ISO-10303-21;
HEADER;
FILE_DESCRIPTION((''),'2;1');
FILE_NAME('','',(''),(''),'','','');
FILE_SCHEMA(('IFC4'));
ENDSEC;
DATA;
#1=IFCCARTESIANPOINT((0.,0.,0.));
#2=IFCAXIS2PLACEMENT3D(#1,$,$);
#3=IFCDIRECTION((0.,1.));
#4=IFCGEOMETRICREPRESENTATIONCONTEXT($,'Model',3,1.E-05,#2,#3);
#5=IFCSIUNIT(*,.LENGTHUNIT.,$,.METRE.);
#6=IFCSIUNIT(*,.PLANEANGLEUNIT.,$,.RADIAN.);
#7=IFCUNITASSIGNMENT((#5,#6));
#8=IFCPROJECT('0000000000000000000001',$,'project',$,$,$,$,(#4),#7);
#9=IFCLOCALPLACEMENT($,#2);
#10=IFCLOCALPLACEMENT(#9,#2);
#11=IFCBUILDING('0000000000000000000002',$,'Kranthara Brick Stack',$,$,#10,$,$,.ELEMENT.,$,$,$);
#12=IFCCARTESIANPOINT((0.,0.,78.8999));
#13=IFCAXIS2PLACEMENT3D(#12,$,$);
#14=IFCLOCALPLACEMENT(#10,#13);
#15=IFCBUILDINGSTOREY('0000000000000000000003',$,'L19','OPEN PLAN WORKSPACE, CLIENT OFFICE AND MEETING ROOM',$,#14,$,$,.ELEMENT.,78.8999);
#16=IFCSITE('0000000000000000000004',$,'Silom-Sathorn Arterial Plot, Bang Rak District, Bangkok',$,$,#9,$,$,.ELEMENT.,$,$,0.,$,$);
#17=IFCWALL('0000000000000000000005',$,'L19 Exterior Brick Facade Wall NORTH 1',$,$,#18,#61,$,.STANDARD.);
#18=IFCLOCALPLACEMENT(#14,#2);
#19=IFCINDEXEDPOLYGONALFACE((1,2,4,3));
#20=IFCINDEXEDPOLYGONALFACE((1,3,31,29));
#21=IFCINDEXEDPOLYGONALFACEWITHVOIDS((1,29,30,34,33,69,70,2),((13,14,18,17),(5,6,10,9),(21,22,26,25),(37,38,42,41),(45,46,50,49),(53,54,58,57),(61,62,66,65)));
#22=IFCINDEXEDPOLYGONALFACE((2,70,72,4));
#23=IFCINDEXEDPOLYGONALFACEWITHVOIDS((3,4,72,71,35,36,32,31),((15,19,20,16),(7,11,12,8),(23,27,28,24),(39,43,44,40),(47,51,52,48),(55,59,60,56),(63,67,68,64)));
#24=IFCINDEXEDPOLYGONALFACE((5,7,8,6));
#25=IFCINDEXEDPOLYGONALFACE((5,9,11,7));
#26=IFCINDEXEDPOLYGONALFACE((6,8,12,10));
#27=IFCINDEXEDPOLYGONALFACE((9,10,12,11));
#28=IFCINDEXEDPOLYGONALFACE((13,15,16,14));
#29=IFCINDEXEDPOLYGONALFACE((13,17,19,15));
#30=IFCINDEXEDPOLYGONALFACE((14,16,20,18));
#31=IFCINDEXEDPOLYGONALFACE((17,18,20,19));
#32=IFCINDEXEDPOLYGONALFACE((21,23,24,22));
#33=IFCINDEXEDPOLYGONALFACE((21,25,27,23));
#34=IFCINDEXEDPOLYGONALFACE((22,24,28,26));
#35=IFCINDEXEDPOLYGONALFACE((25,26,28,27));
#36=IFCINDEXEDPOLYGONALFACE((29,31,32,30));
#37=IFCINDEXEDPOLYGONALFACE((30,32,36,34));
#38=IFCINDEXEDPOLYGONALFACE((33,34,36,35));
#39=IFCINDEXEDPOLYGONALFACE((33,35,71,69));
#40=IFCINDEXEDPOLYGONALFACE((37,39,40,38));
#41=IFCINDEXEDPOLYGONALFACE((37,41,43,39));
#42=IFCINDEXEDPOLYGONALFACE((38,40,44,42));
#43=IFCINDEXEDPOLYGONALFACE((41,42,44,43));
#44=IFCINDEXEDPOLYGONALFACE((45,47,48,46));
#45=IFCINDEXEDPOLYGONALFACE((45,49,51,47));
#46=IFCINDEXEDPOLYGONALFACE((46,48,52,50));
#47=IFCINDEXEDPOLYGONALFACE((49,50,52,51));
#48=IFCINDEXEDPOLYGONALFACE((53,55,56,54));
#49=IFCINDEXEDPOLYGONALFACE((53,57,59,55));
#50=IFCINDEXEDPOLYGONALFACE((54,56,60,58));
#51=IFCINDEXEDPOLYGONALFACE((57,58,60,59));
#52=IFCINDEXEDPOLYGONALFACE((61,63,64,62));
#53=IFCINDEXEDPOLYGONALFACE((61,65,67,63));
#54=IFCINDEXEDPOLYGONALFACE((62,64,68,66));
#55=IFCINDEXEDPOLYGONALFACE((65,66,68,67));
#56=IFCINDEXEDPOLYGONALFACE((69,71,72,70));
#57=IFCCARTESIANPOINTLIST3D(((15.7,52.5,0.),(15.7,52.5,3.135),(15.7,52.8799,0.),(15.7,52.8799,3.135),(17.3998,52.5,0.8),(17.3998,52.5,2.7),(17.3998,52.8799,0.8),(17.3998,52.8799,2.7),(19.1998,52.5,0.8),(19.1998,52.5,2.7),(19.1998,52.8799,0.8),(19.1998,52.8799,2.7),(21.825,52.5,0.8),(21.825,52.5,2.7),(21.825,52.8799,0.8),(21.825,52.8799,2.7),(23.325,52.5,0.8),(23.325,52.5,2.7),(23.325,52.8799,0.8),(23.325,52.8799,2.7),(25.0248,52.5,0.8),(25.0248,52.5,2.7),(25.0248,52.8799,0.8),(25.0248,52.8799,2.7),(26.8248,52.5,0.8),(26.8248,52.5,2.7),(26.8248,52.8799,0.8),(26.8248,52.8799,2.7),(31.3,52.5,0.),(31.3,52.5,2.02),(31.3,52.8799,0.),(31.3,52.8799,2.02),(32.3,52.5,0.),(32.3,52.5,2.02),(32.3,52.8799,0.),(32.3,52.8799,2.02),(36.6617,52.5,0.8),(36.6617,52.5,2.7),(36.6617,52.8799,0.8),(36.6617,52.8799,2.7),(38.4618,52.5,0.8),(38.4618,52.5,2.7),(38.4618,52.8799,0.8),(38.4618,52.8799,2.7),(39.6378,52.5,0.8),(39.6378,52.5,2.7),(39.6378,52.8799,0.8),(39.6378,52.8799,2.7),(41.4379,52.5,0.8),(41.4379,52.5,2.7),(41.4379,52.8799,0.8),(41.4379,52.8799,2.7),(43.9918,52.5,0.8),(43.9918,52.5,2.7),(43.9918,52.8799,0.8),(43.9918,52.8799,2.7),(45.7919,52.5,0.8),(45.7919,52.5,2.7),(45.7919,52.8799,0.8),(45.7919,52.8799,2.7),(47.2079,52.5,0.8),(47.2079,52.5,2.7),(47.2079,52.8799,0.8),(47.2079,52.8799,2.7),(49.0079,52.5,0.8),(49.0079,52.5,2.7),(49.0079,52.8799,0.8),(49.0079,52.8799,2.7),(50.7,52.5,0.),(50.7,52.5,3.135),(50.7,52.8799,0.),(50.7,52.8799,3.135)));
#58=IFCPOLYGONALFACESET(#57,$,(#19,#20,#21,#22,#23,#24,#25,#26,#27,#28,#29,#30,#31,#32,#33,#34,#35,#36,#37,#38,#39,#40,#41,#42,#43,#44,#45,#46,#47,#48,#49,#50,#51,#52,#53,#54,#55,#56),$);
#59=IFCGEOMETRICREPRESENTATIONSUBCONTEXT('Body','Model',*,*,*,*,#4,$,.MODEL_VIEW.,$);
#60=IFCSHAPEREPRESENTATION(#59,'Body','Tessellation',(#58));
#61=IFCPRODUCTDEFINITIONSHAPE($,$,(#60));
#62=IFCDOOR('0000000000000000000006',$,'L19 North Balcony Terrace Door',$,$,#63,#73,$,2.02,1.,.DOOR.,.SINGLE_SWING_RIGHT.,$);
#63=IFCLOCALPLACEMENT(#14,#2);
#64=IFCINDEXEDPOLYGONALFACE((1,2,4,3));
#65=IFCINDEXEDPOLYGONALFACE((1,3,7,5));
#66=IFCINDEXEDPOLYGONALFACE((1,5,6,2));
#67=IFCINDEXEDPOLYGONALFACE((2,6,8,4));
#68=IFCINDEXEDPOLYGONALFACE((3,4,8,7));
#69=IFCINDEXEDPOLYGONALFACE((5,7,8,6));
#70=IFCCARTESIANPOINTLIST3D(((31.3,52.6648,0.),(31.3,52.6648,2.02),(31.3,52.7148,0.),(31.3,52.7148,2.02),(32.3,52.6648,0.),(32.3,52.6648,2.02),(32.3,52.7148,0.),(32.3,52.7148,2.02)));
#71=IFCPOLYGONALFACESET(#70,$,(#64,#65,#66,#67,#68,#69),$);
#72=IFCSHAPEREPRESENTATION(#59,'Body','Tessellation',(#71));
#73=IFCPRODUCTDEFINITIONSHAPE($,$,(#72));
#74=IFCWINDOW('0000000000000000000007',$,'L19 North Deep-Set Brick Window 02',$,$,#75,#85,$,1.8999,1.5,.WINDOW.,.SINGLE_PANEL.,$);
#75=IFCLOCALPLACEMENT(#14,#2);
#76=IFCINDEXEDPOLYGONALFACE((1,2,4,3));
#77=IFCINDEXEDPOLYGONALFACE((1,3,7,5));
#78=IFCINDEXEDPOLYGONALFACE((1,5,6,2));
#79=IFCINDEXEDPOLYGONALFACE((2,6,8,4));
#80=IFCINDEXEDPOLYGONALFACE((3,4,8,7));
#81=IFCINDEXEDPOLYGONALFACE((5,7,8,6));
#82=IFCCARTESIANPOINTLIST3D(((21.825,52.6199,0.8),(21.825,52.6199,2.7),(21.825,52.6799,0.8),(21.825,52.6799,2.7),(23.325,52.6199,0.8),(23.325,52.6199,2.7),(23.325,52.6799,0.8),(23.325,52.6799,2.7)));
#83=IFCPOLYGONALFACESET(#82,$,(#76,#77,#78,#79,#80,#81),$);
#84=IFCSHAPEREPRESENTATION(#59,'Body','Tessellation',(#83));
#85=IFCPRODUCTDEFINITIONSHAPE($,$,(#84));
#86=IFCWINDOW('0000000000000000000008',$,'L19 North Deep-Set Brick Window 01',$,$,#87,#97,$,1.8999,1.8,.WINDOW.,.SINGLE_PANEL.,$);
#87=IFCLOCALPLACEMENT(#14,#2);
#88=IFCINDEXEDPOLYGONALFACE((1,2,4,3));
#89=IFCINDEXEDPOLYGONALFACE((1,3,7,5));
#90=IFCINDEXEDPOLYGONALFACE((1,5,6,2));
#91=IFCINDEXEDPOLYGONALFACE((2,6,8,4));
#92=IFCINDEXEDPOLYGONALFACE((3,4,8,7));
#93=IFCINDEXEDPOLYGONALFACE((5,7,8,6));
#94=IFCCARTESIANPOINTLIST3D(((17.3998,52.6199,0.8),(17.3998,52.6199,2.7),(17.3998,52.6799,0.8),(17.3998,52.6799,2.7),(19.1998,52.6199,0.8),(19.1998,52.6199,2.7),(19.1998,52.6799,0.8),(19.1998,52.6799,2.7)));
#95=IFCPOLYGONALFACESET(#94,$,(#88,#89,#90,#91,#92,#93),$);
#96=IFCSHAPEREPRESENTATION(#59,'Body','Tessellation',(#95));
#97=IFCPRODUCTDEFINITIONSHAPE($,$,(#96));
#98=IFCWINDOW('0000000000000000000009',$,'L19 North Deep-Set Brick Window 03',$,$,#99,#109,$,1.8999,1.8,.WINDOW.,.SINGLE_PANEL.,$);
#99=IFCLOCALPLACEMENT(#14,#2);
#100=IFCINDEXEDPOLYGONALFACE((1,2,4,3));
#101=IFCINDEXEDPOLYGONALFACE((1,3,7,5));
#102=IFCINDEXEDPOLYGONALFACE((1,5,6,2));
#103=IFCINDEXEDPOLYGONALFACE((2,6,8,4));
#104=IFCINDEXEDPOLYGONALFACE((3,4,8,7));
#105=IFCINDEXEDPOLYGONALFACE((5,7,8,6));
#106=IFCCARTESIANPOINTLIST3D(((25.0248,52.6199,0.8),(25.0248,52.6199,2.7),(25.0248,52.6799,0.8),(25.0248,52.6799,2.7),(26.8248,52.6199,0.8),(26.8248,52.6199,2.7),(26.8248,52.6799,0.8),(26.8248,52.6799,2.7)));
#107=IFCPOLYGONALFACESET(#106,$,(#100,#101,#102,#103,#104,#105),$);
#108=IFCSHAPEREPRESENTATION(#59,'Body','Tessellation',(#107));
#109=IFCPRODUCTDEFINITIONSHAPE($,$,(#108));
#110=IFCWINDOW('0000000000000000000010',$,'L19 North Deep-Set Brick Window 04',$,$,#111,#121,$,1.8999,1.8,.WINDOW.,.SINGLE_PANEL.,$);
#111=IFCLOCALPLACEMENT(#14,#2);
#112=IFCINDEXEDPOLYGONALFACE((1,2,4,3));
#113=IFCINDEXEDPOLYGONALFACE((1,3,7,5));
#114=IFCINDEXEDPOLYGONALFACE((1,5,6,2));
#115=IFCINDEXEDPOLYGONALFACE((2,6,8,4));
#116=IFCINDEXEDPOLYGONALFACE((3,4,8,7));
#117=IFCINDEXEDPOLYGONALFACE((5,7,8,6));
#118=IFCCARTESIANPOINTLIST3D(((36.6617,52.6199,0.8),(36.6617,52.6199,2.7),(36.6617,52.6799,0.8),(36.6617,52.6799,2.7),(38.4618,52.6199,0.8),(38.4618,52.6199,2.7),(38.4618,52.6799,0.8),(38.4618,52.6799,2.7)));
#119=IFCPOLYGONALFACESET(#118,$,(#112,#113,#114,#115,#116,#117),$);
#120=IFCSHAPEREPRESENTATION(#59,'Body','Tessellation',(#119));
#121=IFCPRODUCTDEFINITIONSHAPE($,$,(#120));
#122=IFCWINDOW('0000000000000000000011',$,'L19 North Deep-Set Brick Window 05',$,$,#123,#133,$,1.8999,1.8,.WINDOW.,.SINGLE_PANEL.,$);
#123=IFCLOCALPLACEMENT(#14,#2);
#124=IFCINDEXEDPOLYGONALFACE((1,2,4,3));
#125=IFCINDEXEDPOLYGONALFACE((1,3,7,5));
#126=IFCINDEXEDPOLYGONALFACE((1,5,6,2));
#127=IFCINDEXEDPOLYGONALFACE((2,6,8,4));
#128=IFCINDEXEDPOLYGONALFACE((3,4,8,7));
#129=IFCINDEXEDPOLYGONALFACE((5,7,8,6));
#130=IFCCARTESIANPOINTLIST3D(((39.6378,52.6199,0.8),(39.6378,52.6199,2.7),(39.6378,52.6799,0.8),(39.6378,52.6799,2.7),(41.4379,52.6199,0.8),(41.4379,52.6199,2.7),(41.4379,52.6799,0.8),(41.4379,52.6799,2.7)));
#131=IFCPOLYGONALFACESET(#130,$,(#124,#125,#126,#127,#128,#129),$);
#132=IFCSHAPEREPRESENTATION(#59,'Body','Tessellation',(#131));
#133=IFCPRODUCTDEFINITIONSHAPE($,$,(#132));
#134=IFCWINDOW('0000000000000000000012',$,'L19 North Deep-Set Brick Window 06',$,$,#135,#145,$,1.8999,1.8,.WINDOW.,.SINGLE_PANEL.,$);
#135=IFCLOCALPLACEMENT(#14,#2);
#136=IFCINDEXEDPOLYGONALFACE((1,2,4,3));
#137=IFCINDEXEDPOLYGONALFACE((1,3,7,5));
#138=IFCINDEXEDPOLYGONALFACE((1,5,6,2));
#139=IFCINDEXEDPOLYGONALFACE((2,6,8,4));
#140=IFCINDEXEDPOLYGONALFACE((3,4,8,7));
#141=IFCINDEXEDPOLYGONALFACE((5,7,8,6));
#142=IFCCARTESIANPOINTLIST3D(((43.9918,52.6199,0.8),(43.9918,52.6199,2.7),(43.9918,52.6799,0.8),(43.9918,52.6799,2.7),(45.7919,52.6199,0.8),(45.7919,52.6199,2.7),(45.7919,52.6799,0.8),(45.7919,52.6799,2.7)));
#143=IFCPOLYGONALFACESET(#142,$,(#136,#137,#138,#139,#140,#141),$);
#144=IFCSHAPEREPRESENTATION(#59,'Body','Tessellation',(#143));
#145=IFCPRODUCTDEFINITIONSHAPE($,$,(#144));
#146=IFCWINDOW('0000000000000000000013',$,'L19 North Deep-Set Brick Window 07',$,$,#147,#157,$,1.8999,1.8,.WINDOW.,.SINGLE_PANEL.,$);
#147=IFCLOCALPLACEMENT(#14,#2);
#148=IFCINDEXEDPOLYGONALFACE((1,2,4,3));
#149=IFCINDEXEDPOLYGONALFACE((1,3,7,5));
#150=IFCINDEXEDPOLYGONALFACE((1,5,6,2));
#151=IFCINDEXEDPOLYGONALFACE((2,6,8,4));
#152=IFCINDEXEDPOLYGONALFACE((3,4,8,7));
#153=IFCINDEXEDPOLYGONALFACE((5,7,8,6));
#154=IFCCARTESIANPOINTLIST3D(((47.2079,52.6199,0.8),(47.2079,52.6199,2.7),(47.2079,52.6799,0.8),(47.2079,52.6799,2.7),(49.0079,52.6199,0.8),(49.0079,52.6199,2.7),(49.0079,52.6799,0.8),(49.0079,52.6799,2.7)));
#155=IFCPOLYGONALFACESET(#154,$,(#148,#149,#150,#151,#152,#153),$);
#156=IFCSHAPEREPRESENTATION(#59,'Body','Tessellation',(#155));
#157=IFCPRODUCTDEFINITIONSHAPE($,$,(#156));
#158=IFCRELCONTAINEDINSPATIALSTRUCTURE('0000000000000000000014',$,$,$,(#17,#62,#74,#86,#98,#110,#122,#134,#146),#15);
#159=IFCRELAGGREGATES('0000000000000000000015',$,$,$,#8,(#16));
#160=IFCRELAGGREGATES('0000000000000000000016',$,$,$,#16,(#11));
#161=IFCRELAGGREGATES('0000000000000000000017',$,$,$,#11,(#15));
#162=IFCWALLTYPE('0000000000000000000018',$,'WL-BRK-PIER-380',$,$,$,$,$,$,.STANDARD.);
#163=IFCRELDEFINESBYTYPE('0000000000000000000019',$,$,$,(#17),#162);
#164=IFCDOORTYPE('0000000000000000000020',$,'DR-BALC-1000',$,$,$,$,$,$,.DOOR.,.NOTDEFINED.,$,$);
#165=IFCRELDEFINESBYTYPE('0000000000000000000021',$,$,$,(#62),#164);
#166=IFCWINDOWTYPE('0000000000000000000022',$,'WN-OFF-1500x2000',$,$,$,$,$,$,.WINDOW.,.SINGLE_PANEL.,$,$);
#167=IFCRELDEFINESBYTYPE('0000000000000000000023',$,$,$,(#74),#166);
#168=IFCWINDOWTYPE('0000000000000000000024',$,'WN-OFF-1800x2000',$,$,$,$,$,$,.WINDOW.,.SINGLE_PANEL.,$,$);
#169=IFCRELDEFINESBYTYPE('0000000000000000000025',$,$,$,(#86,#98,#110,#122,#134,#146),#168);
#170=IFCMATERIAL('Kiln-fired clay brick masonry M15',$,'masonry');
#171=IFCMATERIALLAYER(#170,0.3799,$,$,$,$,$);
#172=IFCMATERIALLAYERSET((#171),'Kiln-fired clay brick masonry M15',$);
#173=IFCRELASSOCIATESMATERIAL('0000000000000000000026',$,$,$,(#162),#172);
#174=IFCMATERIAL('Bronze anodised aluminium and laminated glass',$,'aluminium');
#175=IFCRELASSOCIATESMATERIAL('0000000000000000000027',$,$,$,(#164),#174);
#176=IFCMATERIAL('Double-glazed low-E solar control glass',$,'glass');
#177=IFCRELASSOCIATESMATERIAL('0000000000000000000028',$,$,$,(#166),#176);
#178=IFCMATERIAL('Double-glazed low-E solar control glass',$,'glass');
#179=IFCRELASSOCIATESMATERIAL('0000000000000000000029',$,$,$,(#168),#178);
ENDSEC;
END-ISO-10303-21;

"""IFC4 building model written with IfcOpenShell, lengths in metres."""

from ifc_helpers import new_model, si_unit, direction, frame, frame_2d, origin, place, context, subcontext, project, spatial, rectangle, extrude, material, layer, layer_set, type_object, element, fill, save


model = new_model("IFC4")

# Units and contexts
model_context = context("Model", 3, precision=1e-05, world=origin(), true_north=direction((0.0, 1.0)))
body_context = subcontext(model_context, "Body", "Model", "MODEL_VIEW")
ifc_project = project(units=[si_unit("LENGTHUNIT", "METRE"), si_unit("PLANEANGLEUNIT", "RADIAN")], contexts=[model_context])

# Site, building, storey
site_placement = place(None, origin())
site = spatial("IfcSite", under=ifc_project, at=site_placement, Name="Silom-Sathorn Arterial Plot, Bang Rak District, Bangkok", CompositionType="ELEMENT", RefElevation=0.0)
building_placement = place(site_placement, origin())
building = spatial("IfcBuilding", under=site, at=building_placement, Name="Kranthara Brick Stack", CompositionType="ELEMENT")
storey_placement = place(building_placement, frame((0.0, 0.0, 78.8999)))
storey = spatial("IfcBuildingStorey", under=building, at=storey_placement, Name="L19", Description="OPEN PLAN WORKSPACE, CLIENT OFFICE AND MEETING ROOM", CompositionType="ELEMENT", Elevation=78.8999)

# Shared definitions
ifc_material_1 = material(Name="Kiln-fired clay brick masonry M15", Category="masonry")
ifc_layer_1 = layer(ifc_material_1, 0.3799)
ifc_layer_set_1 = layer_set([ifc_layer_1], Name="Kiln-fired clay brick masonry M15")
wall_type_1 = type_object("IfcWallType", Name="WL-BRK-PIER-380", PredefinedType="STANDARD", material=ifc_layer_set_1)

# Wall, openings, door, windows
wall_1_placement = place(storey_placement, frame((15.7, 52.6899, 0.0), z_axis=(0.0, 0.0, 1.0), x_axis=(1.0, 0.0, 0.0)))
wall_1 = element("IfcWall", 1, at=wall_1_placement, inside=storey, type_object=wall_type_1, Name="L19 Exterior Brick Facade Wall NORTH 1", PredefinedType="STANDARD", context=body_context, shape_type="SweptSolid", body=[
    extrude(rectangle(XDim=35.0, YDim=0.3799, at=frame_2d((17.5, 0.0))), origin(), (0.0, 0.0, 1.0), 3.135),
])
opening_1_placement = place(wall_1_placement, frame((15.6001, 0.0, 0.0)))
opening_1 = element("IfcOpeningElement", 2, at=opening_1_placement, cuts=wall_1, PredefinedType="OPENING", context=body_context, shape_type="SweptSolid", body=[
    extrude(rectangle(XDim=1.0, YDim=2.02, at=frame_2d((0.5, 1.01))), frame((0.0, 0.2, 0.0), z_axis=(0.0, -1.0, 0.0), x_axis=(1.0, 0.0, 0.0)), (0.0, 0.0, 1.0), 0.3999),
])
opening_2_placement = place(wall_1_placement, frame((1.7, 0.0, 0.8)))
opening_2 = element("IfcOpeningElement", 3, at=opening_2_placement, cuts=wall_1, PredefinedType="OPENING", context=body_context, shape_type="SweptSolid", body=[
    extrude(rectangle(XDim=1.8, YDim=1.8999, at=frame_2d((0.8999, 0.95))), frame((0.0, 0.2, 0.0), z_axis=(0.0, -1.0, 0.0), x_axis=(1.0, 0.0, 0.0)), (0.0, 0.0, 1.0), 0.3999),
])
opening_3_placement = place(wall_1_placement, frame((6.125, 0.0, 0.8)))
opening_3 = element("IfcOpeningElement", 4, at=opening_3_placement, cuts=wall_1, PredefinedType="OPENING", context=body_context, shape_type="SweptSolid", body=[
    extrude(rectangle(XDim=1.5, YDim=1.8999, at=frame_2d((0.75, 0.95))), frame((0.0, 0.2, 0.0), z_axis=(0.0, -1.0, 0.0), x_axis=(1.0, 0.0, 0.0)), (0.0, 0.0, 1.0), 0.3999),
])
opening_4_placement = place(wall_1_placement, frame((9.325, 0.0, 0.8)))
opening_4 = element("IfcOpeningElement", 5, at=opening_4_placement, cuts=wall_1, PredefinedType="OPENING", context=body_context, shape_type="SweptSolid", body=[
    extrude(rectangle(XDim=1.8, YDim=1.8999, at=frame_2d((0.8999, 0.95))), frame((0.0, 0.2, 0.0), z_axis=(0.0, -1.0, 0.0), x_axis=(1.0, 0.0, 0.0)), (0.0, 0.0, 1.0), 0.3999),
])
opening_5_placement = place(wall_1_placement, frame((20.9619, 0.0, 0.8)))
opening_5 = element("IfcOpeningElement", 6, at=opening_5_placement, cuts=wall_1, PredefinedType="OPENING", context=body_context, shape_type="SweptSolid", body=[
    extrude(rectangle(XDim=1.8, YDim=1.8999, at=frame_2d((0.8999, 0.95))), frame((0.0, 0.2, 0.0), z_axis=(0.0, -1.0, 0.0), x_axis=(1.0, 0.0, 0.0)), (0.0, 0.0, 1.0), 0.3999),
])
opening_6_placement = place(wall_1_placement, frame((23.938, 0.0, 0.8)))
opening_6 = element("IfcOpeningElement", 7, at=opening_6_placement, cuts=wall_1, PredefinedType="OPENING", context=body_context, shape_type="SweptSolid", body=[
    extrude(rectangle(XDim=1.8, YDim=1.8999, at=frame_2d((0.8999, 0.95))), frame((0.0, 0.2, 0.0), z_axis=(0.0, -1.0, 0.0), x_axis=(1.0, 0.0, 0.0)), (0.0, 0.0, 1.0), 0.3999),
])
opening_7_placement = place(wall_1_placement, frame((28.292, 0.0, 0.8)))
opening_7 = element("IfcOpeningElement", 8, at=opening_7_placement, cuts=wall_1, PredefinedType="OPENING", context=body_context, shape_type="SweptSolid", body=[
    extrude(rectangle(XDim=1.8, YDim=1.8999, at=frame_2d((0.8999, 0.95))), frame((0.0, 0.2, 0.0), z_axis=(0.0, -1.0, 0.0), x_axis=(1.0, 0.0, 0.0)), (0.0, 0.0, 1.0), 0.3999),
])
opening_8_placement = place(wall_1_placement, frame((31.5081, 0.0, 0.8)))
opening_8 = element("IfcOpeningElement", 9, at=opening_8_placement, cuts=wall_1, PredefinedType="OPENING", context=body_context, shape_type="SweptSolid", body=[
    extrude(rectangle(XDim=1.8, YDim=1.8999, at=frame_2d((0.8999, 0.95))), frame((0.0, 0.2, 0.0), z_axis=(0.0, -1.0, 0.0), x_axis=(1.0, 0.0, 0.0)), (0.0, 0.0, 1.0), 0.3999),
])
ifc_material_2 = material(Name="Bronze anodised aluminium and laminated glass", Category="aluminium")
door_type_1 = type_object("IfcDoorType", Name="DR-BALC-1000", OperationType="NOTDEFINED", PredefinedType="DOOR", material=ifc_material_2)
door_1_placement = place(opening_1_placement, origin())
door_1 = element("IfcDoor", 10, at=door_1_placement, inside=storey, type_object=door_type_1, Name="L19 North Balcony Terrace Door", OperationType="SINGLE_SWING_RIGHT", OverallHeight=2.02, OverallWidth=1.0, PredefinedType="DOOR", context=body_context, shape_type="SweptSolid", body=[
    extrude(rectangle(XDim=1.0, YDim=2.02, at=frame_2d((0.5, 1.01))), frame((0.0, 0.0249, 0.0), z_axis=(0.0, -1.0, 0.0), x_axis=(1.0, 0.0, 0.0)), (0.0, 0.0, 1.0), 0.05),
])
fill(opening_1, door_1)
ifc_material_3 = material(Name="Double-glazed low-E solar control glass", Category="glass")
window_type_1 = type_object("IfcWindowType", Name="WN-OFF-1500x2000", PartitioningType="SINGLE_PANEL", PredefinedType="WINDOW", material=ifc_material_3)
window_1_placement = place(opening_3_placement, origin())
window_1 = element("IfcWindow", 11, at=window_1_placement, inside=storey, type_object=window_type_1, Name="L19 North Deep-Set Brick Window 02", OverallHeight=1.8999, OverallWidth=1.5, PartitioningType="SINGLE_PANEL", PredefinedType="WINDOW", context=body_context, shape_type="SweptSolid", body=[
    extrude(rectangle(XDim=1.5, YDim=1.8999, at=frame_2d((0.75, 0.95))), frame((0.0, -0.01, 0.0), z_axis=(0.0, -1.0, 0.0), x_axis=(1.0, 0.0, 0.0)), (0.0, 0.0, 1.0), 0.0601),
])
fill(opening_3, window_1)
ifc_material_4 = material(Name="Double-glazed low-E solar control glass", Category="glass")
window_type_2 = type_object("IfcWindowType", Name="WN-OFF-1800x2000", PartitioningType="SINGLE_PANEL", PredefinedType="WINDOW", material=ifc_material_4)
window_2_placement = place(opening_2_placement, origin())
window_2 = element("IfcWindow", 12, at=window_2_placement, inside=storey, type_object=window_type_2, Name="L19 North Deep-Set Brick Window 01", OverallHeight=1.8999, OverallWidth=1.8, PartitioningType="SINGLE_PANEL", PredefinedType="WINDOW", context=body_context, shape_type="SweptSolid", body=[
    extrude(rectangle(XDim=1.8, YDim=1.8999, at=frame_2d((0.8999, 0.95))), frame((0.0, -0.01, 0.0), z_axis=(0.0, -1.0, 0.0), x_axis=(1.0, 0.0, 0.0)), (0.0, 0.0, 1.0), 0.0601),
])
fill(opening_2, window_2)
window_3_placement = place(opening_4_placement, origin())
window_3 = element("IfcWindow", 13, at=window_3_placement, inside=storey, type_object=window_type_2, Name="L19 North Deep-Set Brick Window 03", OverallHeight=1.8999, OverallWidth=1.8, PartitioningType="SINGLE_PANEL", PredefinedType="WINDOW", context=body_context, shape_type="SweptSolid", body=[
    extrude(rectangle(XDim=1.8, YDim=1.8999, at=frame_2d((0.8999, 0.95))), frame((0.0, -0.01, 0.0), z_axis=(0.0, -1.0, 0.0), x_axis=(1.0, 0.0, 0.0)), (0.0, 0.0, 1.0), 0.0601),
])
fill(opening_4, window_3)
window_4_placement = place(opening_5_placement, origin())
window_4 = element("IfcWindow", 14, at=window_4_placement, inside=storey, type_object=window_type_2, Name="L19 North Deep-Set Brick Window 04", OverallHeight=1.8999, OverallWidth=1.8, PartitioningType="SINGLE_PANEL", PredefinedType="WINDOW", context=body_context, shape_type="SweptSolid", body=[
    extrude(rectangle(XDim=1.8, YDim=1.8999, at=frame_2d((0.8999, 0.95))), frame((0.0, -0.01, 0.0), z_axis=(0.0, -1.0, 0.0), x_axis=(1.0, 0.0, 0.0)), (0.0, 0.0, 1.0), 0.0601),
])
fill(opening_5, window_4)
window_5_placement = place(opening_6_placement, origin())
window_5 = element("IfcWindow", 15, at=window_5_placement, inside=storey, type_object=window_type_2, Name="L19 North Deep-Set Brick Window 05", OverallHeight=1.8999, OverallWidth=1.8, PartitioningType="SINGLE_PANEL", PredefinedType="WINDOW", context=body_context, shape_type="SweptSolid", body=[
    extrude(rectangle(XDim=1.8, YDim=1.8999, at=frame_2d((0.8999, 0.95))), frame((0.0, -0.01, 0.0), z_axis=(0.0, -1.0, 0.0), x_axis=(1.0, 0.0, 0.0)), (0.0, 0.0, 1.0), 0.0601),
])
fill(opening_6, window_5)
window_6_placement = place(opening_7_placement, origin())
window_6 = element("IfcWindow", 16, at=window_6_placement, inside=storey, type_object=window_type_2, Name="L19 North Deep-Set Brick Window 06", OverallHeight=1.8999, OverallWidth=1.8, PartitioningType="SINGLE_PANEL", PredefinedType="WINDOW", context=body_context, shape_type="SweptSolid", body=[
    extrude(rectangle(XDim=1.8, YDim=1.8999, at=frame_2d((0.8999, 0.95))), frame((0.0, -0.01, 0.0), z_axis=(0.0, -1.0, 0.0), x_axis=(1.0, 0.0, 0.0)), (0.0, 0.0, 1.0), 0.0601),
])
fill(opening_7, window_6)
window_7_placement = place(opening_8_placement, origin())
window_7 = element("IfcWindow", 17, at=window_7_placement, inside=storey, type_object=window_type_2, Name="L19 North Deep-Set Brick Window 07", OverallHeight=1.8999, OverallWidth=1.8, PartitioningType="SINGLE_PANEL", PredefinedType="WINDOW", context=body_context, shape_type="SweptSolid", body=[
    extrude(rectangle(XDim=1.8, YDim=1.8999, at=frame_2d((0.8999, 0.95))), frame((0.0, -0.01, 0.0), z_axis=(0.0, -1.0, 0.0), x_axis=(1.0, 0.0, 0.0)), (0.0, 0.0, 1.0), 0.0601),
])
fill(opening_8, window_7)

save(model, "model.ifc")
